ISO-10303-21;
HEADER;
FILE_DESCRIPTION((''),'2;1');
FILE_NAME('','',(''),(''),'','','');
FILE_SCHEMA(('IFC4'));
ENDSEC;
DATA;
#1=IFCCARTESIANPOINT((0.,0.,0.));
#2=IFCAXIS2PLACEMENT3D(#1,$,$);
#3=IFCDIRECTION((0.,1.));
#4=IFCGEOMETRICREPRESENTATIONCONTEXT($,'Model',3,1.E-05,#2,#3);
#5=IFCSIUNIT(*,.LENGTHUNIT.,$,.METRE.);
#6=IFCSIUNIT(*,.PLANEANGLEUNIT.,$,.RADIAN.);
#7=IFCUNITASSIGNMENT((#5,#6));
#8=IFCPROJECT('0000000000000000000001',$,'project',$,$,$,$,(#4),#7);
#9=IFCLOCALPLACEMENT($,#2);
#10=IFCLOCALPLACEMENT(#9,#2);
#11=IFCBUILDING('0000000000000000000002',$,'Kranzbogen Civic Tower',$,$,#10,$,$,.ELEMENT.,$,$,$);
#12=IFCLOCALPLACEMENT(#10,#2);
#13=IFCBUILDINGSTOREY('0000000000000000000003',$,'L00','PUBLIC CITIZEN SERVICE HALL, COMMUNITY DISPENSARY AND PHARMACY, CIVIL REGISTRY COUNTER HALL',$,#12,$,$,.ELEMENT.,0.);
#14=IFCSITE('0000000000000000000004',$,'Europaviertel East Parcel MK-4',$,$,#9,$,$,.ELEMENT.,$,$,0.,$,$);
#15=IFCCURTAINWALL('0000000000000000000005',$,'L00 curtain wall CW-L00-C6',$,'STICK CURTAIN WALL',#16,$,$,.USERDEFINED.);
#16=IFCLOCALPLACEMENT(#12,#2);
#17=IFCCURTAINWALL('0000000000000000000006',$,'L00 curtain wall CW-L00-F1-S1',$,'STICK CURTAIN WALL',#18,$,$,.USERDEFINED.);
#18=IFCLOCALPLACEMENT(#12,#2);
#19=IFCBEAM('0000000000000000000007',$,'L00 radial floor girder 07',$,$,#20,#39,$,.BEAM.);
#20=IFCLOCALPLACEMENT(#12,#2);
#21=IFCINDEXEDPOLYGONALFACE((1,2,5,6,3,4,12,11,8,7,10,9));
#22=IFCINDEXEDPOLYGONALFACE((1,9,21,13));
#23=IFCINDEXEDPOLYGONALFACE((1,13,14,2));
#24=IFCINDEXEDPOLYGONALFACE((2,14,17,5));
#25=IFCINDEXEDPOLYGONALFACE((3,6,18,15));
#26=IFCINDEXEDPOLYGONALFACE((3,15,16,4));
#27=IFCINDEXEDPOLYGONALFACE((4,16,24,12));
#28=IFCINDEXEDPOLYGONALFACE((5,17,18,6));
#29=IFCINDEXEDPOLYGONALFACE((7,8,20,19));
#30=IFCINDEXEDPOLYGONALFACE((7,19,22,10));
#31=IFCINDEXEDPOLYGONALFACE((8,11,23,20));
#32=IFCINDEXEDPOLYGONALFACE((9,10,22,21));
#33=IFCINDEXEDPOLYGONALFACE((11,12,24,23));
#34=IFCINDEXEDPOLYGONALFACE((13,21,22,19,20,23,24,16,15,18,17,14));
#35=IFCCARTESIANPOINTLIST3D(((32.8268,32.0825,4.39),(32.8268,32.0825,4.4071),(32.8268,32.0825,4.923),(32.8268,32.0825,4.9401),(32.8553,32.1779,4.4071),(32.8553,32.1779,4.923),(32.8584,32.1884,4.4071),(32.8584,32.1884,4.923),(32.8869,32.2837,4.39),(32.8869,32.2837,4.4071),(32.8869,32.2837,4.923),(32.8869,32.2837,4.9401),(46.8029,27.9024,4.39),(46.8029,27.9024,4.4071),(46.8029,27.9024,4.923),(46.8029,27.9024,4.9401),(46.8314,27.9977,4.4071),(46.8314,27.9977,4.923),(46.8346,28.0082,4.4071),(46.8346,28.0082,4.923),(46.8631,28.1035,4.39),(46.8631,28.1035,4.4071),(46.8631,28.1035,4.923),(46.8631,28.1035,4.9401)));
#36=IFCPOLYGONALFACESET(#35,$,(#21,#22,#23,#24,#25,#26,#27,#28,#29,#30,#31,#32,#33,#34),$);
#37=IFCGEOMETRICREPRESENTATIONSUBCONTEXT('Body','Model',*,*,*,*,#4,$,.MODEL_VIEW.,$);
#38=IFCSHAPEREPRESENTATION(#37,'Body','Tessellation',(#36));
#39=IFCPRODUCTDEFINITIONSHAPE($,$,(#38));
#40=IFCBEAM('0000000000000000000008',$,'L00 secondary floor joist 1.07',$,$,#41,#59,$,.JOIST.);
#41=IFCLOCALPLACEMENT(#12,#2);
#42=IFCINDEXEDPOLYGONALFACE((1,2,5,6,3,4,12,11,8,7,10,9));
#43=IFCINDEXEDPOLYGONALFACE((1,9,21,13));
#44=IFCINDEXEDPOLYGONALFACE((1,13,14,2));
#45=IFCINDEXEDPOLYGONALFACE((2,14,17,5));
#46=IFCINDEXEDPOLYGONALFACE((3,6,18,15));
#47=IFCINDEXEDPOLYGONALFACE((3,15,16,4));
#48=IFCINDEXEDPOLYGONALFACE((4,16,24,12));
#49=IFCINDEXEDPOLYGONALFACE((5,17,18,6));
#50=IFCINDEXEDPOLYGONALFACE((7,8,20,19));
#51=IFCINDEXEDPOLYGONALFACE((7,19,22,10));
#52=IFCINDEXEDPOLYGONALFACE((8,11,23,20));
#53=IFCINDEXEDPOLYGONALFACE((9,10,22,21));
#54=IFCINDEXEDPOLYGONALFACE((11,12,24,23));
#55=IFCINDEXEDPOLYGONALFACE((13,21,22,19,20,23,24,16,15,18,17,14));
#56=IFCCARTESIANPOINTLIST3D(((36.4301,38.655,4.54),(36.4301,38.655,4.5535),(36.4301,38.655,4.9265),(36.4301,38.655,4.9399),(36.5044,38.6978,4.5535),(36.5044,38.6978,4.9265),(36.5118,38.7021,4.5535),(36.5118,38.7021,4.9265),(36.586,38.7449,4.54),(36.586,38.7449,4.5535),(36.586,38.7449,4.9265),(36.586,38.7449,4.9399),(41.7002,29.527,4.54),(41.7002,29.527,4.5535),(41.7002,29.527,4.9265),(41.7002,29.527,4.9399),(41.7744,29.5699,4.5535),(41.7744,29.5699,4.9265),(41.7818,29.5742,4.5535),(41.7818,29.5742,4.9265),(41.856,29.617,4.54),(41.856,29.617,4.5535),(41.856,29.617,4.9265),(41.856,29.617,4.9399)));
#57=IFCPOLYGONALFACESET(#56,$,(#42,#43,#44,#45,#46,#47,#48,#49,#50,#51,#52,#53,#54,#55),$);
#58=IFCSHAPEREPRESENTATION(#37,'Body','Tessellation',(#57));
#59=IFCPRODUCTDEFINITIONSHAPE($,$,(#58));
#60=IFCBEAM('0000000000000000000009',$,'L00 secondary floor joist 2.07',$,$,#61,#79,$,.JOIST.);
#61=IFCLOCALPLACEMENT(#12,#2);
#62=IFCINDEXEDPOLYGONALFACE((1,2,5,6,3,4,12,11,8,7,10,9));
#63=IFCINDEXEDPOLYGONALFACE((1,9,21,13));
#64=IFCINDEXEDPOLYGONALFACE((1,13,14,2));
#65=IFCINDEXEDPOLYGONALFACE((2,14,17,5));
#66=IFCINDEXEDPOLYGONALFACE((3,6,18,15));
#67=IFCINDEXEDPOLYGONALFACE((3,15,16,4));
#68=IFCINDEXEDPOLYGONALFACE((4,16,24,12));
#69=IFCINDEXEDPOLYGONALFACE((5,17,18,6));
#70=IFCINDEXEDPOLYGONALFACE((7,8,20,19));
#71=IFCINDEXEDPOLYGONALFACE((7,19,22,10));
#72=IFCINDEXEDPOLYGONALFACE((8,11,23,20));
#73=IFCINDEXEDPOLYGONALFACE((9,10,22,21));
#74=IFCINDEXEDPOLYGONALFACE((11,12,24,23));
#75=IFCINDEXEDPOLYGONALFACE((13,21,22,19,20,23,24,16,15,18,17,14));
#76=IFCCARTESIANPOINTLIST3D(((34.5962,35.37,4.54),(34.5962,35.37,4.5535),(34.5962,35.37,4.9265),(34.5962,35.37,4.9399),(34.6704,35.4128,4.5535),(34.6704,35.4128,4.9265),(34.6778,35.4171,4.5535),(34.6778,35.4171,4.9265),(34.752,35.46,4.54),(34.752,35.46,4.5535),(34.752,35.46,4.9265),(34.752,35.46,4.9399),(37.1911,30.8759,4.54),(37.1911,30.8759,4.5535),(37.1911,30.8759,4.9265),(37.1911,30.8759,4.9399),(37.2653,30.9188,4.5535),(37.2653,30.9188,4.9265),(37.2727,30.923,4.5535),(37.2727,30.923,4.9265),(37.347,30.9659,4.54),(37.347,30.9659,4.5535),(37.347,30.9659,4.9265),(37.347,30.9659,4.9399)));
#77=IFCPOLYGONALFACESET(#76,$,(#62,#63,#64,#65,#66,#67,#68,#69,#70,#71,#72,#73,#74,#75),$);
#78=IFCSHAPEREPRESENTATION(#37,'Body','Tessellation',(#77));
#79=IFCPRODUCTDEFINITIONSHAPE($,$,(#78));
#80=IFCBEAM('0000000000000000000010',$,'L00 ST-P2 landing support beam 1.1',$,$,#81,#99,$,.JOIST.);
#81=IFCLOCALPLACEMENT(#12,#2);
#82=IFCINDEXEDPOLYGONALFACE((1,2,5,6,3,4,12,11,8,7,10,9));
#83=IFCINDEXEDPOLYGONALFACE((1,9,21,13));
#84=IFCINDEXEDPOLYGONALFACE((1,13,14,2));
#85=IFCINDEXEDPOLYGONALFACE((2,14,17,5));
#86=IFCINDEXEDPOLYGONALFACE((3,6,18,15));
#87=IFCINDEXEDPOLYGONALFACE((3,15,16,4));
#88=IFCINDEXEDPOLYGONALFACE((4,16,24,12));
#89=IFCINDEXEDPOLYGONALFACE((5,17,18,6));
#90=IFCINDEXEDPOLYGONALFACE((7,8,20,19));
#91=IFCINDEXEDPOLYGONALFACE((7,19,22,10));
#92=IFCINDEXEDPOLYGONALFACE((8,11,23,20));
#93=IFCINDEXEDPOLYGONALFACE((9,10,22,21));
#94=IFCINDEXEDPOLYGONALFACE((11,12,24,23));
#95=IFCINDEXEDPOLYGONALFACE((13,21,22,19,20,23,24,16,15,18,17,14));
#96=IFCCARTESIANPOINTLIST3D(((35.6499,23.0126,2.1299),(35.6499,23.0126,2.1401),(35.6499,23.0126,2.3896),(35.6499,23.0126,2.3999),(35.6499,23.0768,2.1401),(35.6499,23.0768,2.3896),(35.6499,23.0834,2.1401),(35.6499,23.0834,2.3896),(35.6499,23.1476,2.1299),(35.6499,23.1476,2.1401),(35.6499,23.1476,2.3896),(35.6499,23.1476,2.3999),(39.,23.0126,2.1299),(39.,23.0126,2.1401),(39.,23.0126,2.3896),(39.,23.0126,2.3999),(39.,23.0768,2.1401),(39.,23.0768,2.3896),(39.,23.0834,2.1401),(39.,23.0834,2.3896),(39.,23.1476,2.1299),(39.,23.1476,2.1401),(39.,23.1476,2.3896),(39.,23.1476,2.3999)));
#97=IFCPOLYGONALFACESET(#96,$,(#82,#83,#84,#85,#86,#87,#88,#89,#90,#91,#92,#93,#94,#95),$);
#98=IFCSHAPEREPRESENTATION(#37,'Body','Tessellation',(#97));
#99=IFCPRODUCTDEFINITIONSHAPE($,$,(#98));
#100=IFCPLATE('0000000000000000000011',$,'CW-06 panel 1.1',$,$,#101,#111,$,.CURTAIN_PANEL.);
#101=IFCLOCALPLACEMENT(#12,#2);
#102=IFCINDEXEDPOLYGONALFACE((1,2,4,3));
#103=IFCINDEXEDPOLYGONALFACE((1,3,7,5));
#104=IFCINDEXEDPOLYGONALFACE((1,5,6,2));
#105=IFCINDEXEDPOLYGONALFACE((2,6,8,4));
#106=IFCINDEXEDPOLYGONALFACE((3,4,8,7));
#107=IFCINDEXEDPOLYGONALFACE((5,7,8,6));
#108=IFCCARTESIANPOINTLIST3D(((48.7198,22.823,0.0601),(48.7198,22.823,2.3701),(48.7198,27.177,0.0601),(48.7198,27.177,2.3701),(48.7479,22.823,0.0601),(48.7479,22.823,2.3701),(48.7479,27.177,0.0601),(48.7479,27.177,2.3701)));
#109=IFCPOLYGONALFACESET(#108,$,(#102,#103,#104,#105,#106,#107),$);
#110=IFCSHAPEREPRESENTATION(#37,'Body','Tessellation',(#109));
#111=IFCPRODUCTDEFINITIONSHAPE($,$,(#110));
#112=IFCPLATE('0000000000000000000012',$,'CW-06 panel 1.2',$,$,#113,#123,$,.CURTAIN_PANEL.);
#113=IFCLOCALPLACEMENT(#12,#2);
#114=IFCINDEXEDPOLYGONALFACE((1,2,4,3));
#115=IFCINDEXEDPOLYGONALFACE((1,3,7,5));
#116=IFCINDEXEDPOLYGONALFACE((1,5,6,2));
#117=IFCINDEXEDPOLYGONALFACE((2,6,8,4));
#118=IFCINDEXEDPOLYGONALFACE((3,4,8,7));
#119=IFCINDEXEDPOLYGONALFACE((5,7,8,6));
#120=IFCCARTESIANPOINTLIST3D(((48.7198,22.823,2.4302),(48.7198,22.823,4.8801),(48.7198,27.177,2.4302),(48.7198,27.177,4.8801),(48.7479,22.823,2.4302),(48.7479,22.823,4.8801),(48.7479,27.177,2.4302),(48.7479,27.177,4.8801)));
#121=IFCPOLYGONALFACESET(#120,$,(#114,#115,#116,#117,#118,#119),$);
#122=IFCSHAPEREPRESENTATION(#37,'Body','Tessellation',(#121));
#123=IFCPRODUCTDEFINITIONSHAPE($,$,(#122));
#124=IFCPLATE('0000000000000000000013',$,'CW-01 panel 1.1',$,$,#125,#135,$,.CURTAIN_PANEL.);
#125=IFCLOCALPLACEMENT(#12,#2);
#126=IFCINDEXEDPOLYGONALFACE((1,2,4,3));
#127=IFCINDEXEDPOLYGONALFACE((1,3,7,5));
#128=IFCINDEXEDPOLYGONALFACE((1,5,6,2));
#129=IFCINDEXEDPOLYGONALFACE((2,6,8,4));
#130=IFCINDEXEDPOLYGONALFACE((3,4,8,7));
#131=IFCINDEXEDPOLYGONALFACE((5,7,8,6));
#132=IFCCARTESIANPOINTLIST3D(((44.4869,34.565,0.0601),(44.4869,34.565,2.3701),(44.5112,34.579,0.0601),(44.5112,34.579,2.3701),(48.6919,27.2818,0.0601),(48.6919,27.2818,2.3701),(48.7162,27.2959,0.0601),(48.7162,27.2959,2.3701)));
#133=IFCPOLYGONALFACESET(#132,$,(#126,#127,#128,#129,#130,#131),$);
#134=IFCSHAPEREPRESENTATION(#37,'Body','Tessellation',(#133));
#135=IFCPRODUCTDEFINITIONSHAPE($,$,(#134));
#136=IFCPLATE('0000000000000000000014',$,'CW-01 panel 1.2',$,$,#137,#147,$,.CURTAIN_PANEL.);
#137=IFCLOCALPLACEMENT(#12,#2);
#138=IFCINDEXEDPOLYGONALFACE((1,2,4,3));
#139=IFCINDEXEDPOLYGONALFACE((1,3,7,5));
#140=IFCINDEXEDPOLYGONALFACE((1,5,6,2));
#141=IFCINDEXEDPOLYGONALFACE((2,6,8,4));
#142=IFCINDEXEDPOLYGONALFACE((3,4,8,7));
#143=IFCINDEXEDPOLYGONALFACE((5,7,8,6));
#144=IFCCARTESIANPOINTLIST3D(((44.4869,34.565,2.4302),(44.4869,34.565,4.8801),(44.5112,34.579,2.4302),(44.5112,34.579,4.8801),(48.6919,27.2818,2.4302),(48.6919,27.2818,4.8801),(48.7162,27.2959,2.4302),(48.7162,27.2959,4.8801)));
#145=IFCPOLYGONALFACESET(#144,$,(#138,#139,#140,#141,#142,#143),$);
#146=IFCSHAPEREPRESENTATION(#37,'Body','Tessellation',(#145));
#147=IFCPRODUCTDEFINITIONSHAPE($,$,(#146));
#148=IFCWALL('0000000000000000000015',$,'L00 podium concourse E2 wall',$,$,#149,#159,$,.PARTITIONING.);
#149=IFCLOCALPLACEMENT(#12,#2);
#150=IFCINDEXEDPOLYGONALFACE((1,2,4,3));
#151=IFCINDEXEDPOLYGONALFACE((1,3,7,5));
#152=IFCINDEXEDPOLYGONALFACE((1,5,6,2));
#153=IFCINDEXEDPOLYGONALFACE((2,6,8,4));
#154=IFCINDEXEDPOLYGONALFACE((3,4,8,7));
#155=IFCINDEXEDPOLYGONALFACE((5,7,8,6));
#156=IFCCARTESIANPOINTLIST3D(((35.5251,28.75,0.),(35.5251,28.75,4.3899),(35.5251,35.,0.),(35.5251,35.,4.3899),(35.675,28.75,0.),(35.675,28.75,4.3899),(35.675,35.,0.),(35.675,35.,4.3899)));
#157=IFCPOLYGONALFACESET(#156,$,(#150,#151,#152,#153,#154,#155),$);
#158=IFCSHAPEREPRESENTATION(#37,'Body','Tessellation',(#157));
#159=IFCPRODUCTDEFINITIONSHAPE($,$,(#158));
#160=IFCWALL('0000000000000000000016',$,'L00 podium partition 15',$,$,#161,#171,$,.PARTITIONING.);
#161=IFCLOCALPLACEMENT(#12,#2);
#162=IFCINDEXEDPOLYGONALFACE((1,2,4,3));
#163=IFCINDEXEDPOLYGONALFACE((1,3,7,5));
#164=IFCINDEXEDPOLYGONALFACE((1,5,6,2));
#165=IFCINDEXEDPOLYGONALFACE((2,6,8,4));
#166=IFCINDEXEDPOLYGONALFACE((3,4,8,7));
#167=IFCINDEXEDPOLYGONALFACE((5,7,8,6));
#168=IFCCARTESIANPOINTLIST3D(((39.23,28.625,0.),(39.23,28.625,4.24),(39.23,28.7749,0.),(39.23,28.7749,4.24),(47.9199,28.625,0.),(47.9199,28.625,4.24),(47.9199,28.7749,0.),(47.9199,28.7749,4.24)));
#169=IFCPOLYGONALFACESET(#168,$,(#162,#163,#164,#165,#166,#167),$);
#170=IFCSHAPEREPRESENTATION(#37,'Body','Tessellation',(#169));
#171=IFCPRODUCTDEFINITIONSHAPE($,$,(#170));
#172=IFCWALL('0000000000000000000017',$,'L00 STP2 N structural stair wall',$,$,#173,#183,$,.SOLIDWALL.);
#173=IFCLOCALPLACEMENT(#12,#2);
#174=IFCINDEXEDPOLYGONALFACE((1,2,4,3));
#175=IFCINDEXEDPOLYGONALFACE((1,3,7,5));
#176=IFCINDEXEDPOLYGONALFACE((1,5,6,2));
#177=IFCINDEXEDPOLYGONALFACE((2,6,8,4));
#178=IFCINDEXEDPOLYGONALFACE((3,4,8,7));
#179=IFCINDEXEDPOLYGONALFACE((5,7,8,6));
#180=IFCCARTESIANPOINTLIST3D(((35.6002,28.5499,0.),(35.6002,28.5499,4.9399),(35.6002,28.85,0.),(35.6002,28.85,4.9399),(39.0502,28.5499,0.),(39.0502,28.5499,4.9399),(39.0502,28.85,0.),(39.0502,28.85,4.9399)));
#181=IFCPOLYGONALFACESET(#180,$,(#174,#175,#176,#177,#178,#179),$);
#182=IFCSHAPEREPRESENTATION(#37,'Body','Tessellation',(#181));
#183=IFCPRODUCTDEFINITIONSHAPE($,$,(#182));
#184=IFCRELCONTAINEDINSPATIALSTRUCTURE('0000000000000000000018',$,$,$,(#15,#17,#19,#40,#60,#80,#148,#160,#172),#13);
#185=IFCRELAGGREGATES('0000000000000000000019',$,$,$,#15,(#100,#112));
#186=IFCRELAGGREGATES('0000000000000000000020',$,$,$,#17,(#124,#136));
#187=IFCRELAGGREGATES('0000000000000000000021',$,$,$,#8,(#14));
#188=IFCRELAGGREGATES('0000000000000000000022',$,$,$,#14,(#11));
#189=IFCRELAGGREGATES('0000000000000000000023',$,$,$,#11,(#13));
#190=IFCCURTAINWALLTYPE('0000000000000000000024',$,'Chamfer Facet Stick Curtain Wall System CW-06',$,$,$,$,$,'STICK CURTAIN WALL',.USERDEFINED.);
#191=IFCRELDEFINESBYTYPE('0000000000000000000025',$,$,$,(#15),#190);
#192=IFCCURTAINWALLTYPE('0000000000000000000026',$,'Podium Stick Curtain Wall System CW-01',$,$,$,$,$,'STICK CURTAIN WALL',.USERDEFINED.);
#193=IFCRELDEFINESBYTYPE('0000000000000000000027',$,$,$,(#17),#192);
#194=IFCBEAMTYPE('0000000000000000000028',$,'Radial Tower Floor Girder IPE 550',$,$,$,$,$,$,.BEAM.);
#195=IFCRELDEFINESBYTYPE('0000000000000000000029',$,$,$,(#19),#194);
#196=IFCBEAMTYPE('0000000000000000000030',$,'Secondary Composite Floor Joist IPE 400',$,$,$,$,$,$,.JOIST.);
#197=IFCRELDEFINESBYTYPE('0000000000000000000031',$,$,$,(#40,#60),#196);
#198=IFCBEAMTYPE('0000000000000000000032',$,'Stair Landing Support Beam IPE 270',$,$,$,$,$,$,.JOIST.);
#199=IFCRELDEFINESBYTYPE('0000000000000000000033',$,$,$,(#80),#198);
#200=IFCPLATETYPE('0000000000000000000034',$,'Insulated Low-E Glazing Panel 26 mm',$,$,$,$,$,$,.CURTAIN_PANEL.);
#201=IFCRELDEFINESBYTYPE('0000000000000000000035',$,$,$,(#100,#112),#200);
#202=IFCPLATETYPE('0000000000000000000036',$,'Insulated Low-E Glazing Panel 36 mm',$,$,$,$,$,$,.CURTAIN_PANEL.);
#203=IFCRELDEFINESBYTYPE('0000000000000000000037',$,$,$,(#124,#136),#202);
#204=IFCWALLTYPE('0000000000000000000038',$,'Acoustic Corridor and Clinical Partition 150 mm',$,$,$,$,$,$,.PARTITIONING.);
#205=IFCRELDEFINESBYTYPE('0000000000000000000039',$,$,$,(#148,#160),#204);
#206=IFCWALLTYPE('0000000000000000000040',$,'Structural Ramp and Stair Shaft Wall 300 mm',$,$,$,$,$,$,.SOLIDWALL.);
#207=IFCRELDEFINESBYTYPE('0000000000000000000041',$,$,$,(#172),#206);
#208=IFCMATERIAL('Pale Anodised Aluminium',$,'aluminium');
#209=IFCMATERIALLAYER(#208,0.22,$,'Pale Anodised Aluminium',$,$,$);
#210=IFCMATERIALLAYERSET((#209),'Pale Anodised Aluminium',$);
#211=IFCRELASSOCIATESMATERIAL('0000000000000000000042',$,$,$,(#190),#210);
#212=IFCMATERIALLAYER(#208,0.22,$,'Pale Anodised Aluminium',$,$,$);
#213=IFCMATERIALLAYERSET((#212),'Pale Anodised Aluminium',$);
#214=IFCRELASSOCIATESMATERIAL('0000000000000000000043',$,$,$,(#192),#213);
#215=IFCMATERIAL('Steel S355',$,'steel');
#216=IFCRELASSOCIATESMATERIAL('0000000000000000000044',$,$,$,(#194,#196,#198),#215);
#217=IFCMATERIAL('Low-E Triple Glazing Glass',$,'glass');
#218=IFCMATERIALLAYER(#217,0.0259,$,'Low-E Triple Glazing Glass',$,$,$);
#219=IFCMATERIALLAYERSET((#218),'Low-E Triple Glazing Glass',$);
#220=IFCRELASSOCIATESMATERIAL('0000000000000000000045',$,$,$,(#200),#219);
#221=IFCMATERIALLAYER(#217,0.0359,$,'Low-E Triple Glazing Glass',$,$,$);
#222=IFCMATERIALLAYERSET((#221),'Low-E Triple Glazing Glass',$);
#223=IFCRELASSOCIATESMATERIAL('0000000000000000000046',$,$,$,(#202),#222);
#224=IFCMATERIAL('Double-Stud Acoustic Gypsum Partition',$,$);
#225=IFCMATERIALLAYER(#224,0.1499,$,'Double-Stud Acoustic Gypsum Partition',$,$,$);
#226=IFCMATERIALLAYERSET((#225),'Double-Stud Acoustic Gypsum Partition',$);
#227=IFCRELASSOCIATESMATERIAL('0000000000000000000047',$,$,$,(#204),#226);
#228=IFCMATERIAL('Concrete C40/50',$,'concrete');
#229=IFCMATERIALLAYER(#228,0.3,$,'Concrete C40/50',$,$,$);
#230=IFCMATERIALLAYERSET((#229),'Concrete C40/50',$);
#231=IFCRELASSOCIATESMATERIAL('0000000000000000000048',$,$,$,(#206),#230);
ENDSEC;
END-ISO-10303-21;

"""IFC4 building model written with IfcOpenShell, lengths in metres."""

from ifc_helpers import new_model, si_unit, direction, frame, frame_2d, origin, origin_2d, place, context, subcontext, project, spatial, rectangle, i_section, extrude, material, layer, layer_set, material_profile, profile_set, type_object, element, aggregate, save


model = new_model("IFC4")

# Units and contexts
model_context = context("Model", 3, precision=1e-05, world=origin(), true_north=direction((0.0, 1.0)))
body_context = subcontext(model_context, "Body", "Model", "MODEL_VIEW")
ifc_project = project(units=[si_unit("LENGTHUNIT", "METRE"), si_unit("PLANEANGLEUNIT", "RADIAN")], contexts=[model_context])

# Site, building, storey
site_placement = place(None, origin())
site = spatial("IfcSite", under=ifc_project, at=site_placement, Name="Europaviertel East Parcel MK-4", CompositionType="ELEMENT", RefElevation=0.0)
building_placement = place(site_placement, origin())
building = spatial("IfcBuilding", under=site, at=building_placement, Name="Kranzbogen Civic Tower", CompositionType="ELEMENT")
storey_placement = place(building_placement, origin())
storey = spatial("IfcBuildingStorey", under=building, at=storey_placement, Name="L00", Description="PUBLIC CITIZEN SERVICE HALL, COMMUNITY DISPENSARY AND PHARMACY, CIVIL REGISTRY COUNTER HALL", CompositionType="ELEMENT", Elevation=0.0)

# Shared definitions
ifc_material_1 = material(Name="Concrete C40/50", Category="concrete")

# Curtain wall
ifc_material_2 = material(Name="Pale Anodised Aluminium", Category="aluminium")
ifc_layer_1 = layer(ifc_material_2, 0.22, Name="Pale Anodised Aluminium")
ifc_layer_set_1 = layer_set([ifc_layer_1], Name="Pale Anodised Aluminium")
curtain_wall_type_1 = type_object("IfcCurtainWallType", Name="Chamfer Facet Stick Curtain Wall System CW-06", ElementType="STICK CURTAIN WALL", PredefinedType="USERDEFINED", material=ifc_layer_set_1)
curtain_wall_1_placement = place(storey_placement, origin())
curtain_wall_1 = element("IfcCurtainWall", 1, at=curtain_wall_1_placement, inside=storey, type_object=curtain_wall_type_1, Name="L00 curtain wall CW-L00-C6", ObjectType="STICK CURTAIN WALL", PredefinedType="USERDEFINED")

# Curtain wall
ifc_layer_2 = layer(ifc_material_2, 0.22, Name="Pale Anodised Aluminium")
ifc_layer_set_2 = layer_set([ifc_layer_2], Name="Pale Anodised Aluminium")
curtain_wall_type_2 = type_object("IfcCurtainWallType", Name="Podium Stick Curtain Wall System CW-01", ElementType="STICK CURTAIN WALL", PredefinedType="USERDEFINED", material=ifc_layer_set_2)
curtain_wall_2_placement = place(storey_placement, origin())
curtain_wall_2 = element("IfcCurtainWall", 2, at=curtain_wall_2_placement, inside=storey, type_object=curtain_wall_type_2, Name="L00 curtain wall CW-L00-F1-S1", ObjectType="STICK CURTAIN WALL", PredefinedType="USERDEFINED")

# Beams
ifc_material_3 = material(Name="Steel S355", Category="steel")
ifc_material_profile_1 = material_profile(ifc_material_3, i_section(OverallWidth=0.21, OverallDepth=0.55, WebThickness=0.011, FlangeThickness=0.0171, at=origin_2d()), Name="IPE 550")
ifc_profile_set_1 = profile_set([ifc_material_profile_1], Name="Steel S355")
beam_type_1 = type_object("IfcBeamType", Name="Radial Tower Floor Girder IPE 550", PredefinedType="BEAM", material=ifc_profile_set_1)
beam_1_placement = place(storey_placement, frame((46.833, 28.0029, 4.665), z_axis=(-0.958065, 0.286552, 0.0), x_axis=(-0.286552, -0.958065, 0.0)))
element("IfcBeam", 3, at=beam_1_placement, inside=storey, type_object=beam_type_1, Name="L00 radial floor girder 07", PredefinedType="BEAM", context=body_context, shape_type="SweptSolid", body=[
    extrude(i_section(OverallWidth=0.21, OverallDepth=0.55, WebThickness=0.011, FlangeThickness=0.0171, at=origin_2d()), origin(), (0.0, 0.0, 1.0), 14.5879),
])
ifc_material_profile_2 = material_profile(ifc_material_3, i_section(OverallWidth=0.1799, OverallDepth=0.3999, WebThickness=0.0085, FlangeThickness=0.0134, at=origin_2d()), Name="IPE 400")
ifc_profile_set_2 = profile_set([ifc_material_profile_2], Name="Steel S355")
beam_type_2 = type_object("IfcBeamType", Name="Secondary Composite Floor Joist IPE 400", PredefinedType="JOIST", material=ifc_profile_set_2)
beam_2_placement = place(storey_placement, frame((41.7781, 29.572, 4.74), z_axis=(-0.5, 0.866025, 0.0), x_axis=(-0.866025, -0.5, 0.0)))
element("IfcBeam", 4, at=beam_2_placement, inside=storey, type_object=beam_type_2, Name="L00 secondary floor joist 1.07", PredefinedType="JOIST", context=body_context, shape_type="SweptSolid", body=[
    extrude(i_section(OverallWidth=0.1799, OverallDepth=0.3999, WebThickness=0.0085, FlangeThickness=0.0134, at=origin_2d()), origin(), (0.0, 0.0, 1.0), 10.54),
])
beam_3_placement = place(storey_placement, frame((37.269, 30.9209, 4.74), z_axis=(-0.50004, 0.866002, 0.0), x_axis=(-0.866002, -0.50004, 0.0)))
element("IfcBeam", 5, at=beam_3_placement, inside=storey, type_object=beam_type_2, Name="L00 secondary floor joist 2.07", PredefinedType="JOIST", context=body_context, shape_type="SweptSolid", body=[
    extrude(i_section(OverallWidth=0.1799, OverallDepth=0.3999, WebThickness=0.0085, FlangeThickness=0.0134, at=origin_2d()), origin(), (0.0, 0.0, 1.0), 5.1895),
])
ifc_material_profile_3 = material_profile(ifc_material_3, i_section(OverallWidth=0.135, OverallDepth=0.27, WebThickness=0.0066, FlangeThickness=0.0103, at=origin_2d()), Name="IPE 270")
ifc_profile_set_3 = profile_set([ifc_material_profile_3], Name="Steel S355")
beam_type_3 = type_object("IfcBeamType", Name="Stair Landing Support Beam IPE 270", PredefinedType="JOIST", material=ifc_profile_set_3)
beam_4_placement = place(storey_placement, frame((35.6499, 23.0801, 2.2649), z_axis=(1.0, 0.0, 0.0), x_axis=(0.0, 1.0, 0.0)))
element("IfcBeam", 6, at=beam_4_placement, inside=storey, type_object=beam_type_3, Name="L00 ST-P2 landing support beam 1.1", PredefinedType="JOIST", context=body_context, shape_type="SweptSolid", body=[
    extrude(i_section(OverallWidth=0.135, OverallDepth=0.27, WebThickness=0.0066, FlangeThickness=0.0103, at=origin_2d()), origin(), (0.0, 0.0, 1.0), 3.3501),
])

# Plates
ifc_material_4 = material(Name="Low-E Triple Glazing Glass", Category="glass")
ifc_layer_3 = layer(ifc_material_4, 0.0259, Name="Low-E Triple Glazing Glass")
ifc_layer_set_3 = layer_set([ifc_layer_3], Name="Low-E Triple Glazing Glass")
plate_type_1 = type_object("IfcPlateType", Name="Insulated Low-E Glazing Panel 26 mm", PredefinedType="CURTAIN_PANEL", material=ifc_layer_set_3)
plate_1_placement = place(storey_placement, frame((48.7339, 25.0, 0.0601), z_axis=(0.0, 0.0, 1.0), x_axis=(0.0, 1.0, 0.0)))
plate_1 = element("IfcPlate", 7, at=plate_1_placement, type_object=plate_type_1, Name="CW-06 panel 1.1", PredefinedType="CURTAIN_PANEL", context=body_context, shape_type="SweptSolid", body=[
    extrude(rectangle(XDim=4.354, YDim=0.0281, at=origin_2d()), origin(), (0.0, 0.0, 1.0), 2.3101),
])
plate_2_placement = place(storey_placement, frame((48.7339, 25.0, 2.4302), z_axis=(0.0, 0.0, 1.0), x_axis=(0.0, 1.0, 0.0)))
plate_2 = element("IfcPlate", 8, at=plate_2_placement, type_object=plate_type_1, Name="CW-06 panel 1.2", PredefinedType="CURTAIN_PANEL", context=body_context, shape_type="SweptSolid", body=[
    extrude(rectangle(XDim=4.354, YDim=0.0281, at=origin_2d()), origin(), (0.0, 0.0, 1.0), 2.45),
])
aggregate(curtain_wall_1, [plate_1, plate_2])
ifc_layer_4 = layer(ifc_material_4, 0.0359, Name="Low-E Triple Glazing Glass")
ifc_layer_set_4 = layer_set([ifc_layer_4], Name="Low-E Triple Glazing Glass")
plate_type_2 = type_object("IfcPlateType", Name="Insulated Low-E Glazing Panel 36 mm", PredefinedType="CURTAIN_PANEL", material=ifc_layer_set_4)
plate_3_placement = place(storey_placement, frame((46.6016, 30.9304, 0.0601), z_axis=(0.0, 0.0, 1.0), x_axis=(-0.50001, 0.86602, 0.0)))
plate_3 = element("IfcPlate", 9, at=plate_3_placement, type_object=plate_type_2, Name="CW-01 panel 1.1", PredefinedType="CURTAIN_PANEL", context=body_context, shape_type="SweptSolid", body=[
    extrude(rectangle(XDim=8.4099, YDim=0.0281, at=origin_2d()), origin(), (0.0, 0.0, 1.0), 2.3101),
])
plate_4_placement = place(storey_placement, frame((46.6016, 30.9304, 2.4302), z_axis=(0.0, 0.0, 1.0), x_axis=(-0.50001, 0.86602, 0.0)))
plate_4 = element("IfcPlate", 10, at=plate_4_placement, type_object=plate_type_2, Name="CW-01 panel 1.2", PredefinedType="CURTAIN_PANEL", context=body_context, shape_type="SweptSolid", body=[
    extrude(rectangle(XDim=8.4099, YDim=0.0281, at=origin_2d()), origin(), (0.0, 0.0, 1.0), 2.45),
])
aggregate(curtain_wall_2, [plate_3, plate_4])

# Walls
ifc_material_5 = material(Name="Double-Stud Acoustic Gypsum Partition")
ifc_layer_5 = layer(ifc_material_5, 0.1499, Name="Double-Stud Acoustic Gypsum Partition")
ifc_layer_set_5 = layer_set([ifc_layer_5], Name="Double-Stud Acoustic Gypsum Partition")
wall_type_1 = type_object("IfcWallType", Name="Acoustic Corridor and Clinical Partition 150 mm", PredefinedType="PARTITIONING", material=ifc_layer_set_5)
wall_1_placement = place(storey_placement, frame((35.6001, 28.75, 0.0), z_axis=(0.0, 0.0, 1.0), x_axis=(0.0, 1.0, 0.0)))
element("IfcWall", 11, at=wall_1_placement, inside=storey, type_object=wall_type_1, Name="L00 podium concourse E2 wall", PredefinedType="PARTITIONING", context=body_context, shape_type="SweptSolid", body=[
    extrude(rectangle(XDim=6.25, YDim=0.1499, at=frame_2d((3.125, 0.0))), origin(), (0.0, 0.0, 1.0), 4.3899),
])
wall_2_placement = place(storey_placement, frame((39.23, 28.7, 0.0), z_axis=(0.0, 0.0, 1.0), x_axis=(1.0, 0.0, 0.0)))
element("IfcWall", 12, at=wall_2_placement, inside=storey, type_object=wall_type_1, Name="L00 podium partition 15", PredefinedType="PARTITIONING", context=body_context, shape_type="SweptSolid", body=[
    extrude(rectangle(XDim=8.6899, YDim=0.1499, at=frame_2d((4.345, 0.0))), origin(), (0.0, 0.0, 1.0), 4.24),
])
ifc_layer_6 = layer(ifc_material_1, 0.3, Name="Concrete C40/50")
ifc_layer_set_6 = layer_set([ifc_layer_6], Name="Concrete C40/50")
wall_type_2 = type_object("IfcWallType", Name="Structural Ramp and Stair Shaft Wall 300 mm", PredefinedType="SOLIDWALL", material=ifc_layer_set_6)
wall_3_placement = place(storey_placement, frame((35.6001, 28.7, 0.0), z_axis=(0.0, 0.0, 1.0), x_axis=(1.0, 0.0, 0.0)))
element("IfcWall", 13, at=wall_3_placement, inside=storey, type_object=wall_type_2, Name="L00 STP2 N structural stair wall", PredefinedType="SOLIDWALL", context=body_context, shape_type="SweptSolid", body=[
    extrude(rectangle(XDim=3.45, YDim=0.3, at=frame_2d((1.7251, 0.0))), origin(), (0.0, 0.0, 1.0), 4.9399),
])

save(model, "model.ifc")
